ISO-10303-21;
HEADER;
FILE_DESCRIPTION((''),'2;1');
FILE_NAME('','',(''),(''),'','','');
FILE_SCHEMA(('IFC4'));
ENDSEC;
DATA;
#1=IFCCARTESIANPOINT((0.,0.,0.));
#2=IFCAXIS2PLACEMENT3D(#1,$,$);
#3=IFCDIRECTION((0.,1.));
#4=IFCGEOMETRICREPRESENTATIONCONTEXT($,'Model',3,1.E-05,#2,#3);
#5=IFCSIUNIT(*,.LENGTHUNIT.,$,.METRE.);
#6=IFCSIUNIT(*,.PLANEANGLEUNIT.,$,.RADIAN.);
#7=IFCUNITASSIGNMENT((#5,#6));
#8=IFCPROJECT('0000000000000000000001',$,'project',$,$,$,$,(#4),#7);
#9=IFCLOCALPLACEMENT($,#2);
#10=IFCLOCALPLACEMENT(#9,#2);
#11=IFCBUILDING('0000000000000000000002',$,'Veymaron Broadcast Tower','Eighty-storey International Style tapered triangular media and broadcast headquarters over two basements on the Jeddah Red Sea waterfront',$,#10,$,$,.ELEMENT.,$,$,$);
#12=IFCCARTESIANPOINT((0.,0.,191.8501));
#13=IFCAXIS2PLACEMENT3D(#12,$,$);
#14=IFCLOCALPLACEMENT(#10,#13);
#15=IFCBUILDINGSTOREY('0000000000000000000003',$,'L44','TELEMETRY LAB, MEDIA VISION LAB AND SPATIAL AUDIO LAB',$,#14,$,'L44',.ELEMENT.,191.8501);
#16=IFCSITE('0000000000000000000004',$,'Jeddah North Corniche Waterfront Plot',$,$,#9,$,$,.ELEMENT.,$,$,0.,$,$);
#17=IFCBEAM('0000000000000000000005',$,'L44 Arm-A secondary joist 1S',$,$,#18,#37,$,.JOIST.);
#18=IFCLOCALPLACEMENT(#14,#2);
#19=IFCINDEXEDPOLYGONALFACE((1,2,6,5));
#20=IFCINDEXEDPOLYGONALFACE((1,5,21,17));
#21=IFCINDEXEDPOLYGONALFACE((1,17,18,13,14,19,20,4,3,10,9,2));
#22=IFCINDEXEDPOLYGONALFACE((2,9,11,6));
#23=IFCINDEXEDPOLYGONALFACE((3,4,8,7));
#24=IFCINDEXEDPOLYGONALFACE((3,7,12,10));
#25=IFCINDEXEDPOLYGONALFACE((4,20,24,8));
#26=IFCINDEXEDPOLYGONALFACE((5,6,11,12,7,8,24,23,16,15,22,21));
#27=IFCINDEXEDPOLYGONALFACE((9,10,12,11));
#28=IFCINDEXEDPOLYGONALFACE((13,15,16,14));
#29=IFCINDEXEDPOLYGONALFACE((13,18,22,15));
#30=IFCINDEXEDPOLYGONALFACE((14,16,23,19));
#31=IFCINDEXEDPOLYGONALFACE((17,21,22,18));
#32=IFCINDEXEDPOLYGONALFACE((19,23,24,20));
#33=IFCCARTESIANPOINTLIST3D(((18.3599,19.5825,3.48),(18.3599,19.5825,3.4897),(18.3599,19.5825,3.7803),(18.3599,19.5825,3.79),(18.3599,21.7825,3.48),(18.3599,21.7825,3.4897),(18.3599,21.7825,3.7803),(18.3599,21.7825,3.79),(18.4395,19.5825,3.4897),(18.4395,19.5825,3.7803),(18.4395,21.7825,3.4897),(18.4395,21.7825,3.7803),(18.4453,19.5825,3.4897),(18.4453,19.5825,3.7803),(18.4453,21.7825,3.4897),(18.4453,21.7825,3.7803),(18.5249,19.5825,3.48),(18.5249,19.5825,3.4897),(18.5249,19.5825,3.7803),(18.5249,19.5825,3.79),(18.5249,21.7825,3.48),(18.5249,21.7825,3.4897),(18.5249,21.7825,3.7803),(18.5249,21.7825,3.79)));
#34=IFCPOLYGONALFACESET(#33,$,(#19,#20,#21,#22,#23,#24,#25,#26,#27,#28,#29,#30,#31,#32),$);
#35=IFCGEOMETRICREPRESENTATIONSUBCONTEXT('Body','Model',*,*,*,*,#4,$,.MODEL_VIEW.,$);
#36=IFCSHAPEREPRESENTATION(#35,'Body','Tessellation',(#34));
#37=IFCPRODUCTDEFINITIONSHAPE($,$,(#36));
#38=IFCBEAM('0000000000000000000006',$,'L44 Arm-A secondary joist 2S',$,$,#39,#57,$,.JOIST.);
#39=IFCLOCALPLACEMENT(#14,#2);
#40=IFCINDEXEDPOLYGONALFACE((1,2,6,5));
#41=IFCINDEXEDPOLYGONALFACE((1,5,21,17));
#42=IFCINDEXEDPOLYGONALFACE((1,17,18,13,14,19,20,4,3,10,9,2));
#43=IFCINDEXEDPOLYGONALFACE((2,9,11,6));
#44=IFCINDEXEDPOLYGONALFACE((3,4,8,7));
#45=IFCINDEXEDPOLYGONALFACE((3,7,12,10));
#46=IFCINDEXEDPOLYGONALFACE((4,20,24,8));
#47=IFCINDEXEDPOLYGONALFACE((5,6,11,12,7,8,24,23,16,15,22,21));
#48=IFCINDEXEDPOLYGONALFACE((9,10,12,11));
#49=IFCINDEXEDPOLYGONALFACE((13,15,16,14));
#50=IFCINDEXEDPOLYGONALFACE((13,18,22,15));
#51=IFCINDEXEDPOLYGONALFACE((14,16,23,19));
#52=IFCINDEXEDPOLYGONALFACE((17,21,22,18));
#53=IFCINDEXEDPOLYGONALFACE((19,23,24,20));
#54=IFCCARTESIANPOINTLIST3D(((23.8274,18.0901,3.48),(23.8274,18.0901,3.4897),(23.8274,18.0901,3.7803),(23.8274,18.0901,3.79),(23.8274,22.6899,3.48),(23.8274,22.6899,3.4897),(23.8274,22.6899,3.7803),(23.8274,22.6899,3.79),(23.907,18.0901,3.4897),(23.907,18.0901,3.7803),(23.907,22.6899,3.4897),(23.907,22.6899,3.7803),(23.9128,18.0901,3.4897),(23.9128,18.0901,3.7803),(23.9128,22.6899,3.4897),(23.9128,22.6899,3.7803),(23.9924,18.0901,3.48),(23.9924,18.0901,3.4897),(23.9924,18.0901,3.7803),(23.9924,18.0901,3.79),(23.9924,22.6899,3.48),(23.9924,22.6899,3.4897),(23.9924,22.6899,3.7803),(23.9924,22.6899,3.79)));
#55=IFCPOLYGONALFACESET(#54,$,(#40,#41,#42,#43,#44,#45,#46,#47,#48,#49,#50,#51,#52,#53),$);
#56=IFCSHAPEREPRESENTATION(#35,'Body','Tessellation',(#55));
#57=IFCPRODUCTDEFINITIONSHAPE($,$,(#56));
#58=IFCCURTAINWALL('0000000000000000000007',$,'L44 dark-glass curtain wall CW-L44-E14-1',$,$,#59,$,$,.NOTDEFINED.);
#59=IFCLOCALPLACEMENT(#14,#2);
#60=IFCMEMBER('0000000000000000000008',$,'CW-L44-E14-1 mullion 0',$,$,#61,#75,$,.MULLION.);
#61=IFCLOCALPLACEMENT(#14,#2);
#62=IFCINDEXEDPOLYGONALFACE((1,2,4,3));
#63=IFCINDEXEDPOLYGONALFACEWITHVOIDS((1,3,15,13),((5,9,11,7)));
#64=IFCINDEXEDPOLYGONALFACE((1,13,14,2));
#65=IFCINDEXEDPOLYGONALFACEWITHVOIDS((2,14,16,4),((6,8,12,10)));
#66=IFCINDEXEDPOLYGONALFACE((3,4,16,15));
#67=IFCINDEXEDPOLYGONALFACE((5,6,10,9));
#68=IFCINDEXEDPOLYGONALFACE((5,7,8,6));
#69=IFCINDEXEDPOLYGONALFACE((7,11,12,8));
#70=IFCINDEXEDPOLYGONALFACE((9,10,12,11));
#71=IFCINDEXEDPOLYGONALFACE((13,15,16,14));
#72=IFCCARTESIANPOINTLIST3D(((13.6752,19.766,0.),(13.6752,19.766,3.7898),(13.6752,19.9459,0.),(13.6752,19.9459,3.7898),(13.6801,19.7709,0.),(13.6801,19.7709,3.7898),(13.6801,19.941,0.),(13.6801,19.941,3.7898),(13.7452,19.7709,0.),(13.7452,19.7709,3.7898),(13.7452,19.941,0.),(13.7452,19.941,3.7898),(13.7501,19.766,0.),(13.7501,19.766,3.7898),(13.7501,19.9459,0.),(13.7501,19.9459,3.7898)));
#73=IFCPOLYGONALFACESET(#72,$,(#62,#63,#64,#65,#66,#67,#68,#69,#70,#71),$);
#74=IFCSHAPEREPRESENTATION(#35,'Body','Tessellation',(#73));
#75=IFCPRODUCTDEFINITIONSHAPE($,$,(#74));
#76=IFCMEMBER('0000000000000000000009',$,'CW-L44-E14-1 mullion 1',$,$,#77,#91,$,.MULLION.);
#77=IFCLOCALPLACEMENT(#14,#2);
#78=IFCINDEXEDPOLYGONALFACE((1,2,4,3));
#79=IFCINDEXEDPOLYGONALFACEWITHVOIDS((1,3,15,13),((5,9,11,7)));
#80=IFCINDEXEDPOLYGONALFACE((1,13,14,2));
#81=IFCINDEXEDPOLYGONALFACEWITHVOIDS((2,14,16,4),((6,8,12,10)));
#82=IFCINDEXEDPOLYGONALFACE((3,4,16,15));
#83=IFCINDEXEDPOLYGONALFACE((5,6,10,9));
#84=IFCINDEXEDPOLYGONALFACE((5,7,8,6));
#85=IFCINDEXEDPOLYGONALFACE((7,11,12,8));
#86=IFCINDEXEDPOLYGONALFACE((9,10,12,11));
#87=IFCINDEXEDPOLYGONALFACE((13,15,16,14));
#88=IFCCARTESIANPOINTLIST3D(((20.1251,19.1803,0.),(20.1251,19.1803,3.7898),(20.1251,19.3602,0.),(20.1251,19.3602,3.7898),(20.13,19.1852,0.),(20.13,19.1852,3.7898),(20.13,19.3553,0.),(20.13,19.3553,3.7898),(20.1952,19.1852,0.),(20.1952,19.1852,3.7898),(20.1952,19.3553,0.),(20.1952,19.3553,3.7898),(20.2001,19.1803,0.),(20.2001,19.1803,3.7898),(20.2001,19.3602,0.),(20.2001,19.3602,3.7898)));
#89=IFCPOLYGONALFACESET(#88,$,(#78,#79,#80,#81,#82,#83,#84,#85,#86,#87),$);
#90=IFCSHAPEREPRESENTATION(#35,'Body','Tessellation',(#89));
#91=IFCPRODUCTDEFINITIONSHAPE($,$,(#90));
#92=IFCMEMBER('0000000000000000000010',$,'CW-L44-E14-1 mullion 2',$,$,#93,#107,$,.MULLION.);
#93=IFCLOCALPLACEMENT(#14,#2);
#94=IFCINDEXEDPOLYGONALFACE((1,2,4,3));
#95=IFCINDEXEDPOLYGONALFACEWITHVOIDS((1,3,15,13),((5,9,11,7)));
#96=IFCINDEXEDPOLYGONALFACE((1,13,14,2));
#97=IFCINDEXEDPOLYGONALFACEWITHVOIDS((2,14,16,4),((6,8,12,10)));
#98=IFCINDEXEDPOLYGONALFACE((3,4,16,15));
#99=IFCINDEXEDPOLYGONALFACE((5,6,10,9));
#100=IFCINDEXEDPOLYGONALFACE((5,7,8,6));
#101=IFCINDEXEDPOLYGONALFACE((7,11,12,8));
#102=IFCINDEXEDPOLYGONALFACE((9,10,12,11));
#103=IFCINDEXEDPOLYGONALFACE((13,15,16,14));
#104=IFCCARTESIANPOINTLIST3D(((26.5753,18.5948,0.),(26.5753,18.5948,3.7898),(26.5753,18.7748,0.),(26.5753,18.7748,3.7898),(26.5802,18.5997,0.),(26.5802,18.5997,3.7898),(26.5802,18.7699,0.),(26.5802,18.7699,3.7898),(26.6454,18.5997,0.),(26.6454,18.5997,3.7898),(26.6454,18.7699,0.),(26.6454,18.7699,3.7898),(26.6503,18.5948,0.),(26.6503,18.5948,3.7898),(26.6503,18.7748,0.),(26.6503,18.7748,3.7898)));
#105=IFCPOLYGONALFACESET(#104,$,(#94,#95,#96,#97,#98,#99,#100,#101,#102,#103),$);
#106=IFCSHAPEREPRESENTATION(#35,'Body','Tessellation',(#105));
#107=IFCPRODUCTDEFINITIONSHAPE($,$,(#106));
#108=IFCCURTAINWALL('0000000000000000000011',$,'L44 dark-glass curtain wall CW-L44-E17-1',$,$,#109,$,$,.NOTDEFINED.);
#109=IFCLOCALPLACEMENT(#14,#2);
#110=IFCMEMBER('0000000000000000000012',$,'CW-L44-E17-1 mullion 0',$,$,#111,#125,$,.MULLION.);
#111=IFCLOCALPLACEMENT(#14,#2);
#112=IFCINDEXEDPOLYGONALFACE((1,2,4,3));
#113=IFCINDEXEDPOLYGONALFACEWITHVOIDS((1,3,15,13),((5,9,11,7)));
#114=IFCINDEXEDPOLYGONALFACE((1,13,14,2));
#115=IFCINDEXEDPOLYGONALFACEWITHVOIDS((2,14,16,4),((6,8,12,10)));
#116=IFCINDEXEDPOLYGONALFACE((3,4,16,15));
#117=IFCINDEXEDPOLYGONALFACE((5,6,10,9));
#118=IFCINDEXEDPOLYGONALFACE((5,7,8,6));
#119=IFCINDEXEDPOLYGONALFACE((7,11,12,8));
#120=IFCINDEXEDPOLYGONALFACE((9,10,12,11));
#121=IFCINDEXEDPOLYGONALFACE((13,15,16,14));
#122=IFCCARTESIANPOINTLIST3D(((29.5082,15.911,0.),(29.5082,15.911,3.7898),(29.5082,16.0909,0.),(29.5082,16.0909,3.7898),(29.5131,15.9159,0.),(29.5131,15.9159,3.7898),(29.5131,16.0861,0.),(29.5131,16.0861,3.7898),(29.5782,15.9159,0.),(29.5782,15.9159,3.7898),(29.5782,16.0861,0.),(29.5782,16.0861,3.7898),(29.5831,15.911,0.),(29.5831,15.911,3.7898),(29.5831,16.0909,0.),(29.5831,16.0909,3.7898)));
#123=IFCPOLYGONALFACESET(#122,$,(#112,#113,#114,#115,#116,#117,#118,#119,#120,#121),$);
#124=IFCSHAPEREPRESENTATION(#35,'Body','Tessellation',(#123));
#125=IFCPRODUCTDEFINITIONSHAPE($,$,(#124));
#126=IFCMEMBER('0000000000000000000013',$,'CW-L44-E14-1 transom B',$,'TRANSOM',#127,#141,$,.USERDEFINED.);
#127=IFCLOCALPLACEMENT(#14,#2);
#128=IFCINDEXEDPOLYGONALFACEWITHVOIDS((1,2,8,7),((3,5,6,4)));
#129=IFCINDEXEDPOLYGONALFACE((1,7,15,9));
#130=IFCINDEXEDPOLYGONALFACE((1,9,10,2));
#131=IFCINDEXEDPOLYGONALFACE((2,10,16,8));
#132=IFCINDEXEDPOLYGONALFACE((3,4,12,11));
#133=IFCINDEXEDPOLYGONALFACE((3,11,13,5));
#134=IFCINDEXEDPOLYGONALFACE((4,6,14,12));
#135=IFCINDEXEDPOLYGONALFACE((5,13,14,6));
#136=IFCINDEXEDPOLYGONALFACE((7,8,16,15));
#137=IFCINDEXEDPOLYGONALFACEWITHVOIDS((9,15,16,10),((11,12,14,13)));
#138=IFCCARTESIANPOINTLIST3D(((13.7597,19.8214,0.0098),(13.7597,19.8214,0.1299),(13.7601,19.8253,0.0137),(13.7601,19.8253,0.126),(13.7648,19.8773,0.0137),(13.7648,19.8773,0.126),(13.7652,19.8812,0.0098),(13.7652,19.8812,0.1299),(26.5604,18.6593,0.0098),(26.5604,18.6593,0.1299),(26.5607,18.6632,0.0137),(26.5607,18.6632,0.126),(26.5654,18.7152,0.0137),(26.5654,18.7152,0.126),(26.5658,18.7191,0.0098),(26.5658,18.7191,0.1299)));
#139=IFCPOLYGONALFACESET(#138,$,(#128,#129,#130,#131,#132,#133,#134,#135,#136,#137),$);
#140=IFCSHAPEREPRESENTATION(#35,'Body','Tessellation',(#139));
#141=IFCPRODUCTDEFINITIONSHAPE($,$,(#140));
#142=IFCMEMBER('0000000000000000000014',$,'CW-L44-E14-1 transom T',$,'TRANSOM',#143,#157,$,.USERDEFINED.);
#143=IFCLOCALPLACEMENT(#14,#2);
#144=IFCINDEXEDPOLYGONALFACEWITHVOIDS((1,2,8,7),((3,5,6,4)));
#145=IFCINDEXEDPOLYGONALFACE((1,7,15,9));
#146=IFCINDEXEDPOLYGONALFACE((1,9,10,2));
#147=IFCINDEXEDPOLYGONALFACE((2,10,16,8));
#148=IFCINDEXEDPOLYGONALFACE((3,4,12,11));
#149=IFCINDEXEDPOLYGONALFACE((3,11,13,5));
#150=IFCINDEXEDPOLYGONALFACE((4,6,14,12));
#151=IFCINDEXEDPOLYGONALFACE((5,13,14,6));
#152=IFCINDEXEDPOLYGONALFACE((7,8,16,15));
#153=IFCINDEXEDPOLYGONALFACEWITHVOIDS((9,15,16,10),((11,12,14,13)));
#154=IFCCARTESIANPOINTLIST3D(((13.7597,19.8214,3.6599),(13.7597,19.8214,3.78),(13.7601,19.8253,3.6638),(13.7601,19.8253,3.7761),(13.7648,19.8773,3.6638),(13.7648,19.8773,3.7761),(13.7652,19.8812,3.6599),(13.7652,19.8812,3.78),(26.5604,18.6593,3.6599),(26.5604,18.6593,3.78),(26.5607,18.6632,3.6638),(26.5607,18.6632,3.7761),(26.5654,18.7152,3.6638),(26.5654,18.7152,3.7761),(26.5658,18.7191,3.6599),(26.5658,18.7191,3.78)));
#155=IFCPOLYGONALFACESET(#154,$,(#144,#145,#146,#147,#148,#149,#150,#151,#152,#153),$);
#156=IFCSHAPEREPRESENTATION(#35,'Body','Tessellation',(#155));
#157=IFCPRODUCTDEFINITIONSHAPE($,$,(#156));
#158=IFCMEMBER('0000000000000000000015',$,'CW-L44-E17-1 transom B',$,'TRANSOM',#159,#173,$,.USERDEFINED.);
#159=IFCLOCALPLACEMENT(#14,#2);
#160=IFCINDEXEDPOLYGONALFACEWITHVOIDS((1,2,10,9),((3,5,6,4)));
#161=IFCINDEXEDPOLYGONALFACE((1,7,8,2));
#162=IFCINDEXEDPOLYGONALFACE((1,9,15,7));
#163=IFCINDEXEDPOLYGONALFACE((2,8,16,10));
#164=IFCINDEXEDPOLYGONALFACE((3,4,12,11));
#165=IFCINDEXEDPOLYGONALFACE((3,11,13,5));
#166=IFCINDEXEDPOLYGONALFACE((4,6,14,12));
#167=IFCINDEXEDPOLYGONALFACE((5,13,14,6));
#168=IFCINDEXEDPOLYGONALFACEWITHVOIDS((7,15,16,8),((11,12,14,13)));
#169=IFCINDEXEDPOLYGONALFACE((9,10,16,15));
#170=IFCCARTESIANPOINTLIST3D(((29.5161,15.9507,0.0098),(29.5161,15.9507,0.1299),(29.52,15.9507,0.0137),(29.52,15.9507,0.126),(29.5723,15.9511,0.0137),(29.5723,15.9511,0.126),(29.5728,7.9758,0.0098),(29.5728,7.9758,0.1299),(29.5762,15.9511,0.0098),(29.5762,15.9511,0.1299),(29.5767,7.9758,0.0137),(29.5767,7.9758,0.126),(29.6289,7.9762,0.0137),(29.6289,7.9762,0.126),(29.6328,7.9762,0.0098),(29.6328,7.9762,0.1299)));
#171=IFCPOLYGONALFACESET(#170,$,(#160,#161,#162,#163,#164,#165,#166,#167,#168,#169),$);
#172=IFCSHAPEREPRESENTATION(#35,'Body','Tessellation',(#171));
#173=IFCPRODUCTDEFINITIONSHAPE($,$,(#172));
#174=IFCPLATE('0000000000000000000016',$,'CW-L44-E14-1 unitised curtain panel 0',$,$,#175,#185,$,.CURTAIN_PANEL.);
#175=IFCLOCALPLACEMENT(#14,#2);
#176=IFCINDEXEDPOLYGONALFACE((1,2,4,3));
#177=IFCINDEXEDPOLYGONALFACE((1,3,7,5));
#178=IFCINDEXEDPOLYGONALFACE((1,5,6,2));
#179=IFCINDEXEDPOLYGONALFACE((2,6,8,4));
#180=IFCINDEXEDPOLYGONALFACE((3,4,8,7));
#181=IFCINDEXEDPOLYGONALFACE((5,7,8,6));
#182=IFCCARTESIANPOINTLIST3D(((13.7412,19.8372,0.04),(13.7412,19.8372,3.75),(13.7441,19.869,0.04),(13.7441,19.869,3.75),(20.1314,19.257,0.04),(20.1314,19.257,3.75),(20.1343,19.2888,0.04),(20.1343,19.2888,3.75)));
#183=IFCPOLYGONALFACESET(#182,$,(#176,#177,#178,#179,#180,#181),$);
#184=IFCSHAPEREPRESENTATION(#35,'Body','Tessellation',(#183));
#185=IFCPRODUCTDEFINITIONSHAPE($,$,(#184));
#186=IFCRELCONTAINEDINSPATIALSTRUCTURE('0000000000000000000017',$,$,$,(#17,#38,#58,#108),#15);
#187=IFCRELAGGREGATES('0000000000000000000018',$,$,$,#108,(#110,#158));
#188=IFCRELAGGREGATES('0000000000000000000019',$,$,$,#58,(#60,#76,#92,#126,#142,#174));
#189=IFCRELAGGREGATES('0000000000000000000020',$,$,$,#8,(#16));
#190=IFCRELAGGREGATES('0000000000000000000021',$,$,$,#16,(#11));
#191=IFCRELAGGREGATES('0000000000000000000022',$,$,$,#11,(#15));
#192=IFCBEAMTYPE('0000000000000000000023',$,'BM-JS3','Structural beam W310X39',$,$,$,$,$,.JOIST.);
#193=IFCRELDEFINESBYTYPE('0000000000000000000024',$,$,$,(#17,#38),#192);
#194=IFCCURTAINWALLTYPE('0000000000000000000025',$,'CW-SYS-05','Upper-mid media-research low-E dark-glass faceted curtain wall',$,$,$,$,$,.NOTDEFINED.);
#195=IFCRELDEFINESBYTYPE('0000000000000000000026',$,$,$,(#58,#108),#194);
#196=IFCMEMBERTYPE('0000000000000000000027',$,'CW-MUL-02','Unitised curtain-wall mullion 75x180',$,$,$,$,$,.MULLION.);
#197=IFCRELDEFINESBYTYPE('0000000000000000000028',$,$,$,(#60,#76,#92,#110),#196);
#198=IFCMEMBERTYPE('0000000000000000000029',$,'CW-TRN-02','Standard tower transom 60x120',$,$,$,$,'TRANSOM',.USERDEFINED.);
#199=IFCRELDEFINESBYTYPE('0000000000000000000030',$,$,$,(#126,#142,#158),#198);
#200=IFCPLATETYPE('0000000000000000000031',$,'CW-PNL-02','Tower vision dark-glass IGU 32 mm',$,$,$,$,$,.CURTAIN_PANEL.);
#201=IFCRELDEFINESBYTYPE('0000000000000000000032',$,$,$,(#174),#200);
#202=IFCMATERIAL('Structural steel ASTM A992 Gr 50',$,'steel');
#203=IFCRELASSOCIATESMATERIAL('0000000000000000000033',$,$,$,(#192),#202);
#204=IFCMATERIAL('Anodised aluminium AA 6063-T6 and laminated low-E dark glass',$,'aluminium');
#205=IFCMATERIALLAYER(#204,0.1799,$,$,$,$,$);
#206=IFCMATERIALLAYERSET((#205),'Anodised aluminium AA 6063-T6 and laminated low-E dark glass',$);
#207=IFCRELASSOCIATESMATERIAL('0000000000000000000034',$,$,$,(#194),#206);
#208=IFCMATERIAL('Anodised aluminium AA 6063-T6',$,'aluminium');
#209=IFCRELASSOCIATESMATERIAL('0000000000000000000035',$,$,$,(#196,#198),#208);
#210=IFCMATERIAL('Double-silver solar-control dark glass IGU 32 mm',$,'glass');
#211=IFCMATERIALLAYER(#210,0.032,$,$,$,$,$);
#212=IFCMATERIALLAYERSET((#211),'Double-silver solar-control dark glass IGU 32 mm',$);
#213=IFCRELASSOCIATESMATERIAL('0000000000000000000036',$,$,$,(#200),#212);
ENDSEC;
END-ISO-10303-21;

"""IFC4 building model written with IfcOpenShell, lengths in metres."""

from ifc_helpers import new_model, si_unit, direction, frame, origin, origin_2d, place, context, subcontext, project, spatial, rectangle, hollow_rectangle, i_section, extrude, material, layer, layer_set, material_profile, profile_set, type_object, element, aggregate, save


model = new_model("IFC4")

# Units and contexts
model_context = context("Model", 3, precision=1e-05, world=origin(), true_north=direction((0.0, 1.0)))
body_context = subcontext(model_context, "Body", "Model", "MODEL_VIEW")
ifc_project = project(units=[si_unit("LENGTHUNIT", "METRE"), si_unit("PLANEANGLEUNIT", "RADIAN")], contexts=[model_context])

# Site, building, storey
site_placement = place(None, origin())
site = spatial("IfcSite", under=ifc_project, at=site_placement, Name="Jeddah North Corniche Waterfront Plot", CompositionType="ELEMENT", RefElevation=0.0)
building_placement = place(site_placement, origin())
building = spatial("IfcBuilding", under=site, at=building_placement, Name="Veymaron Broadcast Tower", Description="Eighty-storey International Style tapered triangular media and broadcast headquarters over two basements on the Jeddah Red Sea waterfront", CompositionType="ELEMENT")
storey_placement = place(building_placement, frame((0.0, 0.0, 191.8501)))
storey = spatial("IfcBuildingStorey", under=building, at=storey_placement, Name="L44", Description="TELEMETRY LAB, MEDIA VISION LAB AND SPATIAL AUDIO LAB", LongName="L44", CompositionType="ELEMENT", Elevation=191.8501)

# Beams
ifc_material_1 = material(Name="Structural steel ASTM A992 Gr 50", Category="steel")
ifc_material_profile_1 = material_profile(ifc_material_1, i_section(OverallWidth=0.165, OverallDepth=0.3101, WebThickness=0.0059, FlangeThickness=0.0098, at=origin_2d()), Name="W310X39")
ifc_profile_set_1 = profile_set([ifc_material_profile_1], Name="Structural steel ASTM A992 Gr 50")
beam_type = type_object("IfcBeamType", Name="BM-JS3", Description="Structural beam W310X39", PredefinedType="JOIST", material=ifc_profile_set_1)
beam_1_placement = place(storey_placement, frame((18.4424, 19.5825, 3.635), z_axis=(0.0, 1.0, 0.0), x_axis=(-1.0, 0.0, 0.0)))
element("IfcBeam", 1, at=beam_1_placement, inside=storey, type_object=beam_type, Name="L44 Arm-A secondary joist 1S", PredefinedType="JOIST", context=body_context, shape_type="SweptSolid", body=[
    extrude(i_section(OverallWidth=0.165, OverallDepth=0.3101, WebThickness=0.0059, FlangeThickness=0.0098, at=origin_2d()), origin(), (0.0, 0.0, 1.0), 2.2),
])
beam_2_placement = place(storey_placement, frame((23.9099, 18.0901, 3.635), z_axis=(0.0, 1.0, 0.0), x_axis=(-1.0, 0.0, 0.0)))
element("IfcBeam", 2, at=beam_2_placement, inside=storey, type_object=beam_type, Name="L44 Arm-A secondary joist 2S", PredefinedType="JOIST", context=body_context, shape_type="SweptSolid", body=[
    extrude(i_section(OverallWidth=0.165, OverallDepth=0.3101, WebThickness=0.0059, FlangeThickness=0.0098, at=origin_2d()), origin(), (0.0, 0.0, 1.0), 4.5999),
])

# Curtain wall, members
ifc_material_2 = material(Name="Anodised aluminium AA 6063-T6 and laminated low-E dark glass", Category="aluminium")
ifc_layer_1 = layer(ifc_material_2, 0.1799)
ifc_layer_set_1 = layer_set([ifc_layer_1], Name="Anodised aluminium AA 6063-T6 and laminated low-E dark glass")
curtain_wall_type = type_object("IfcCurtainWallType", Name="CW-SYS-05", Description="Upper-mid media-research low-E dark-glass faceted curtain wall", PredefinedType="NOTDEFINED", material=ifc_layer_set_1)
curtain_wall_1_placement = place(storey_placement, origin())
curtain_wall_1 = element("IfcCurtainWall", 3, at=curtain_wall_1_placement, inside=storey, type_object=curtain_wall_type, Name="L44 dark-glass curtain wall CW-L44-E14-1", PredefinedType="NOTDEFINED")
ifc_material_3 = material(Name="Anodised aluminium AA 6063-T6", Category="aluminium")
ifc_material_profile_2 = material_profile(ifc_material_3, hollow_rectangle(XDim=0.075, YDim=0.1799, WallThickness=0.0049, at=origin_2d()), Name="AL180X75X5")
ifc_profile_set_2 = profile_set([ifc_material_profile_2], Name="Anodised aluminium AA 6063-T6")
member_type_1 = type_object("IfcMemberType", Name="CW-MUL-02", Description="Unitised curtain-wall mullion 75x180", PredefinedType="MULLION", material=ifc_profile_set_2)
member_1_placement = place(storey_placement, frame((13.7126, 19.856, 0.0), z_axis=(0.0, 0.0, 1.0), x_axis=(1.0, 0.0, 0.0)))
member_1 = element("IfcMember", 4, at=member_1_placement, type_object=member_type_1, Name="CW-L44-E14-1 mullion 0", PredefinedType="MULLION", context=body_context, shape_type="SweptSolid", body=[
    extrude(hollow_rectangle(XDim=0.075, YDim=0.1799, WallThickness=0.0049, at=origin_2d()), origin(), (0.0, 0.0, 1.0), 3.7898),
])
member_2_placement = place(storey_placement, frame((20.1626, 19.2703, 0.0), z_axis=(0.0, 0.0, 1.0), x_axis=(1.0, 0.0, 0.0)))
member_2 = element("IfcMember", 5, at=member_2_placement, type_object=member_type_1, Name="CW-L44-E14-1 mullion 1", PredefinedType="MULLION", context=body_context, shape_type="SweptSolid", body=[
    extrude(hollow_rectangle(XDim=0.075, YDim=0.1799, WallThickness=0.0049, at=origin_2d()), origin(), (0.0, 0.0, 1.0), 3.7898),
])
member_3_placement = place(storey_placement, frame((26.6128, 18.6848, 0.0), z_axis=(0.0, 0.0, 1.0), x_axis=(1.0, 0.0, 0.0)))
member_3 = element("IfcMember", 6, at=member_3_placement, type_object=member_type_1, Name="CW-L44-E14-1 mullion 2", PredefinedType="MULLION", context=body_context, shape_type="SweptSolid", body=[
    extrude(hollow_rectangle(XDim=0.075, YDim=0.1799, WallThickness=0.0049, at=origin_2d()), origin(), (0.0, 0.0, 1.0), 3.7898),
])

# Curtain wall, member
curtain_wall_2_placement = place(storey_placement, origin())
curtain_wall_2 = element("IfcCurtainWall", 7, at=curtain_wall_2_placement, inside=storey, type_object=curtain_wall_type, Name="L44 dark-glass curtain wall CW-L44-E17-1", PredefinedType="NOTDEFINED")
member_4_placement = place(storey_placement, frame((29.5457, 16.001, 0.0), z_axis=(0.0, 0.0, 1.0), x_axis=(1.0, 0.0, 0.0)))
member_4 = element("IfcMember", 8, at=member_4_placement, type_object=member_type_1, Name="CW-L44-E17-1 mullion 0", PredefinedType="MULLION", context=body_context, shape_type="SweptSolid", body=[
    extrude(hollow_rectangle(XDim=0.075, YDim=0.1799, WallThickness=0.0049, at=origin_2d()), origin(), (0.0, 0.0, 1.0), 3.7898),
])

# Members
ifc_material_profile_3 = material_profile(ifc_material_3, hollow_rectangle(XDim=0.0601, YDim=0.1201, WallThickness=0.0039, at=origin_2d()), Name="AL120X60X4")
ifc_profile_set_3 = profile_set([ifc_material_profile_3], Name="Anodised aluminium AA 6063-T6")
member_type_2 = type_object("IfcMemberType", Name="CW-TRN-02", Description="Standard tower transom 60x120", ElementType="TRANSOM", PredefinedType="USERDEFINED", material=ifc_profile_set_3)
member_5_placement = place(storey_placement, frame((13.7625, 19.8513, 0.0698), z_axis=(0.995904, -0.090414, 0.0), x_axis=(0.090414, 0.995904, 0.0)))
member_5 = element("IfcMember", 9, at=member_5_placement, type_object=member_type_2, Name="CW-L44-E14-1 transom B", ObjectType="TRANSOM", PredefinedType="USERDEFINED", context=body_context, shape_type="SweptSolid", body=[
    extrude(hollow_rectangle(XDim=0.0601, YDim=0.1201, WallThickness=0.0039, at=origin_2d()), origin(), (0.0, 0.0, 1.0), 12.8533),
])
member_6_placement = place(storey_placement, frame((13.7625, 19.8513, 3.72), z_axis=(0.995904, -0.090414, 0.0), x_axis=(0.090414, 0.995904, 0.0)))
member_6 = element("IfcMember", 10, at=member_6_placement, type_object=member_type_2, Name="CW-L44-E14-1 transom T", ObjectType="TRANSOM", PredefinedType="USERDEFINED", context=body_context, shape_type="SweptSolid", body=[
    extrude(hollow_rectangle(XDim=0.0601, YDim=0.1201, WallThickness=0.0039, at=origin_2d()), origin(), (0.0, 0.0, 1.0), 12.8533),
])
member_7_placement = place(storey_placement, frame((29.5461, 15.9509, 0.0698), z_axis=(0.007102, -0.999975, 0.0), x_axis=(0.999975, 0.007102, 0.0)))
member_7 = element("IfcMember", 11, at=member_7_placement, type_object=member_type_2, Name="CW-L44-E17-1 transom B", ObjectType="TRANSOM", PredefinedType="USERDEFINED", context=body_context, shape_type="SweptSolid", body=[
    extrude(hollow_rectangle(XDim=0.0601, YDim=0.1201, WallThickness=0.0039, at=origin_2d()), origin(), (0.0, 0.0, 1.0), 7.9751),
])
aggregate(curtain_wall_2, [member_4, member_7])

# Plate
ifc_material_4 = material(Name="Double-silver solar-control dark glass IGU 32 mm", Category="glass")
ifc_layer_2 = layer(ifc_material_4, 0.032)
ifc_layer_set_2 = layer_set([ifc_layer_2], Name="Double-silver solar-control dark glass IGU 32 mm")
plate_type_1 = type_object("IfcPlateType", Name="CW-PNL-02", Description="Tower vision dark-glass IGU 32 mm", PredefinedType="CURTAIN_PANEL", material=ifc_layer_set_2)
plate_1_placement = place(storey_placement, frame((16.9377, 19.563, 0.04), z_axis=(0.0, 0.0, 1.0), x_axis=(0.995903, -0.090424, 0.0)))
plate_1 = element("IfcPlate", 12, at=plate_1_placement, type_object=plate_type_1, Name="CW-L44-E14-1 unitised curtain panel 0", PredefinedType="CURTAIN_PANEL", context=body_context, shape_type="SweptSolid", body=[
    extrude(rectangle(XDim=6.4165, YDim=0.032, at=origin_2d()), origin(), (0.0, 0.0, 1.0), 3.71),
])
aggregate(curtain_wall_1, [member_1, member_2, member_3, member_5, member_6, plate_1])

save(model, "model.ifc")
